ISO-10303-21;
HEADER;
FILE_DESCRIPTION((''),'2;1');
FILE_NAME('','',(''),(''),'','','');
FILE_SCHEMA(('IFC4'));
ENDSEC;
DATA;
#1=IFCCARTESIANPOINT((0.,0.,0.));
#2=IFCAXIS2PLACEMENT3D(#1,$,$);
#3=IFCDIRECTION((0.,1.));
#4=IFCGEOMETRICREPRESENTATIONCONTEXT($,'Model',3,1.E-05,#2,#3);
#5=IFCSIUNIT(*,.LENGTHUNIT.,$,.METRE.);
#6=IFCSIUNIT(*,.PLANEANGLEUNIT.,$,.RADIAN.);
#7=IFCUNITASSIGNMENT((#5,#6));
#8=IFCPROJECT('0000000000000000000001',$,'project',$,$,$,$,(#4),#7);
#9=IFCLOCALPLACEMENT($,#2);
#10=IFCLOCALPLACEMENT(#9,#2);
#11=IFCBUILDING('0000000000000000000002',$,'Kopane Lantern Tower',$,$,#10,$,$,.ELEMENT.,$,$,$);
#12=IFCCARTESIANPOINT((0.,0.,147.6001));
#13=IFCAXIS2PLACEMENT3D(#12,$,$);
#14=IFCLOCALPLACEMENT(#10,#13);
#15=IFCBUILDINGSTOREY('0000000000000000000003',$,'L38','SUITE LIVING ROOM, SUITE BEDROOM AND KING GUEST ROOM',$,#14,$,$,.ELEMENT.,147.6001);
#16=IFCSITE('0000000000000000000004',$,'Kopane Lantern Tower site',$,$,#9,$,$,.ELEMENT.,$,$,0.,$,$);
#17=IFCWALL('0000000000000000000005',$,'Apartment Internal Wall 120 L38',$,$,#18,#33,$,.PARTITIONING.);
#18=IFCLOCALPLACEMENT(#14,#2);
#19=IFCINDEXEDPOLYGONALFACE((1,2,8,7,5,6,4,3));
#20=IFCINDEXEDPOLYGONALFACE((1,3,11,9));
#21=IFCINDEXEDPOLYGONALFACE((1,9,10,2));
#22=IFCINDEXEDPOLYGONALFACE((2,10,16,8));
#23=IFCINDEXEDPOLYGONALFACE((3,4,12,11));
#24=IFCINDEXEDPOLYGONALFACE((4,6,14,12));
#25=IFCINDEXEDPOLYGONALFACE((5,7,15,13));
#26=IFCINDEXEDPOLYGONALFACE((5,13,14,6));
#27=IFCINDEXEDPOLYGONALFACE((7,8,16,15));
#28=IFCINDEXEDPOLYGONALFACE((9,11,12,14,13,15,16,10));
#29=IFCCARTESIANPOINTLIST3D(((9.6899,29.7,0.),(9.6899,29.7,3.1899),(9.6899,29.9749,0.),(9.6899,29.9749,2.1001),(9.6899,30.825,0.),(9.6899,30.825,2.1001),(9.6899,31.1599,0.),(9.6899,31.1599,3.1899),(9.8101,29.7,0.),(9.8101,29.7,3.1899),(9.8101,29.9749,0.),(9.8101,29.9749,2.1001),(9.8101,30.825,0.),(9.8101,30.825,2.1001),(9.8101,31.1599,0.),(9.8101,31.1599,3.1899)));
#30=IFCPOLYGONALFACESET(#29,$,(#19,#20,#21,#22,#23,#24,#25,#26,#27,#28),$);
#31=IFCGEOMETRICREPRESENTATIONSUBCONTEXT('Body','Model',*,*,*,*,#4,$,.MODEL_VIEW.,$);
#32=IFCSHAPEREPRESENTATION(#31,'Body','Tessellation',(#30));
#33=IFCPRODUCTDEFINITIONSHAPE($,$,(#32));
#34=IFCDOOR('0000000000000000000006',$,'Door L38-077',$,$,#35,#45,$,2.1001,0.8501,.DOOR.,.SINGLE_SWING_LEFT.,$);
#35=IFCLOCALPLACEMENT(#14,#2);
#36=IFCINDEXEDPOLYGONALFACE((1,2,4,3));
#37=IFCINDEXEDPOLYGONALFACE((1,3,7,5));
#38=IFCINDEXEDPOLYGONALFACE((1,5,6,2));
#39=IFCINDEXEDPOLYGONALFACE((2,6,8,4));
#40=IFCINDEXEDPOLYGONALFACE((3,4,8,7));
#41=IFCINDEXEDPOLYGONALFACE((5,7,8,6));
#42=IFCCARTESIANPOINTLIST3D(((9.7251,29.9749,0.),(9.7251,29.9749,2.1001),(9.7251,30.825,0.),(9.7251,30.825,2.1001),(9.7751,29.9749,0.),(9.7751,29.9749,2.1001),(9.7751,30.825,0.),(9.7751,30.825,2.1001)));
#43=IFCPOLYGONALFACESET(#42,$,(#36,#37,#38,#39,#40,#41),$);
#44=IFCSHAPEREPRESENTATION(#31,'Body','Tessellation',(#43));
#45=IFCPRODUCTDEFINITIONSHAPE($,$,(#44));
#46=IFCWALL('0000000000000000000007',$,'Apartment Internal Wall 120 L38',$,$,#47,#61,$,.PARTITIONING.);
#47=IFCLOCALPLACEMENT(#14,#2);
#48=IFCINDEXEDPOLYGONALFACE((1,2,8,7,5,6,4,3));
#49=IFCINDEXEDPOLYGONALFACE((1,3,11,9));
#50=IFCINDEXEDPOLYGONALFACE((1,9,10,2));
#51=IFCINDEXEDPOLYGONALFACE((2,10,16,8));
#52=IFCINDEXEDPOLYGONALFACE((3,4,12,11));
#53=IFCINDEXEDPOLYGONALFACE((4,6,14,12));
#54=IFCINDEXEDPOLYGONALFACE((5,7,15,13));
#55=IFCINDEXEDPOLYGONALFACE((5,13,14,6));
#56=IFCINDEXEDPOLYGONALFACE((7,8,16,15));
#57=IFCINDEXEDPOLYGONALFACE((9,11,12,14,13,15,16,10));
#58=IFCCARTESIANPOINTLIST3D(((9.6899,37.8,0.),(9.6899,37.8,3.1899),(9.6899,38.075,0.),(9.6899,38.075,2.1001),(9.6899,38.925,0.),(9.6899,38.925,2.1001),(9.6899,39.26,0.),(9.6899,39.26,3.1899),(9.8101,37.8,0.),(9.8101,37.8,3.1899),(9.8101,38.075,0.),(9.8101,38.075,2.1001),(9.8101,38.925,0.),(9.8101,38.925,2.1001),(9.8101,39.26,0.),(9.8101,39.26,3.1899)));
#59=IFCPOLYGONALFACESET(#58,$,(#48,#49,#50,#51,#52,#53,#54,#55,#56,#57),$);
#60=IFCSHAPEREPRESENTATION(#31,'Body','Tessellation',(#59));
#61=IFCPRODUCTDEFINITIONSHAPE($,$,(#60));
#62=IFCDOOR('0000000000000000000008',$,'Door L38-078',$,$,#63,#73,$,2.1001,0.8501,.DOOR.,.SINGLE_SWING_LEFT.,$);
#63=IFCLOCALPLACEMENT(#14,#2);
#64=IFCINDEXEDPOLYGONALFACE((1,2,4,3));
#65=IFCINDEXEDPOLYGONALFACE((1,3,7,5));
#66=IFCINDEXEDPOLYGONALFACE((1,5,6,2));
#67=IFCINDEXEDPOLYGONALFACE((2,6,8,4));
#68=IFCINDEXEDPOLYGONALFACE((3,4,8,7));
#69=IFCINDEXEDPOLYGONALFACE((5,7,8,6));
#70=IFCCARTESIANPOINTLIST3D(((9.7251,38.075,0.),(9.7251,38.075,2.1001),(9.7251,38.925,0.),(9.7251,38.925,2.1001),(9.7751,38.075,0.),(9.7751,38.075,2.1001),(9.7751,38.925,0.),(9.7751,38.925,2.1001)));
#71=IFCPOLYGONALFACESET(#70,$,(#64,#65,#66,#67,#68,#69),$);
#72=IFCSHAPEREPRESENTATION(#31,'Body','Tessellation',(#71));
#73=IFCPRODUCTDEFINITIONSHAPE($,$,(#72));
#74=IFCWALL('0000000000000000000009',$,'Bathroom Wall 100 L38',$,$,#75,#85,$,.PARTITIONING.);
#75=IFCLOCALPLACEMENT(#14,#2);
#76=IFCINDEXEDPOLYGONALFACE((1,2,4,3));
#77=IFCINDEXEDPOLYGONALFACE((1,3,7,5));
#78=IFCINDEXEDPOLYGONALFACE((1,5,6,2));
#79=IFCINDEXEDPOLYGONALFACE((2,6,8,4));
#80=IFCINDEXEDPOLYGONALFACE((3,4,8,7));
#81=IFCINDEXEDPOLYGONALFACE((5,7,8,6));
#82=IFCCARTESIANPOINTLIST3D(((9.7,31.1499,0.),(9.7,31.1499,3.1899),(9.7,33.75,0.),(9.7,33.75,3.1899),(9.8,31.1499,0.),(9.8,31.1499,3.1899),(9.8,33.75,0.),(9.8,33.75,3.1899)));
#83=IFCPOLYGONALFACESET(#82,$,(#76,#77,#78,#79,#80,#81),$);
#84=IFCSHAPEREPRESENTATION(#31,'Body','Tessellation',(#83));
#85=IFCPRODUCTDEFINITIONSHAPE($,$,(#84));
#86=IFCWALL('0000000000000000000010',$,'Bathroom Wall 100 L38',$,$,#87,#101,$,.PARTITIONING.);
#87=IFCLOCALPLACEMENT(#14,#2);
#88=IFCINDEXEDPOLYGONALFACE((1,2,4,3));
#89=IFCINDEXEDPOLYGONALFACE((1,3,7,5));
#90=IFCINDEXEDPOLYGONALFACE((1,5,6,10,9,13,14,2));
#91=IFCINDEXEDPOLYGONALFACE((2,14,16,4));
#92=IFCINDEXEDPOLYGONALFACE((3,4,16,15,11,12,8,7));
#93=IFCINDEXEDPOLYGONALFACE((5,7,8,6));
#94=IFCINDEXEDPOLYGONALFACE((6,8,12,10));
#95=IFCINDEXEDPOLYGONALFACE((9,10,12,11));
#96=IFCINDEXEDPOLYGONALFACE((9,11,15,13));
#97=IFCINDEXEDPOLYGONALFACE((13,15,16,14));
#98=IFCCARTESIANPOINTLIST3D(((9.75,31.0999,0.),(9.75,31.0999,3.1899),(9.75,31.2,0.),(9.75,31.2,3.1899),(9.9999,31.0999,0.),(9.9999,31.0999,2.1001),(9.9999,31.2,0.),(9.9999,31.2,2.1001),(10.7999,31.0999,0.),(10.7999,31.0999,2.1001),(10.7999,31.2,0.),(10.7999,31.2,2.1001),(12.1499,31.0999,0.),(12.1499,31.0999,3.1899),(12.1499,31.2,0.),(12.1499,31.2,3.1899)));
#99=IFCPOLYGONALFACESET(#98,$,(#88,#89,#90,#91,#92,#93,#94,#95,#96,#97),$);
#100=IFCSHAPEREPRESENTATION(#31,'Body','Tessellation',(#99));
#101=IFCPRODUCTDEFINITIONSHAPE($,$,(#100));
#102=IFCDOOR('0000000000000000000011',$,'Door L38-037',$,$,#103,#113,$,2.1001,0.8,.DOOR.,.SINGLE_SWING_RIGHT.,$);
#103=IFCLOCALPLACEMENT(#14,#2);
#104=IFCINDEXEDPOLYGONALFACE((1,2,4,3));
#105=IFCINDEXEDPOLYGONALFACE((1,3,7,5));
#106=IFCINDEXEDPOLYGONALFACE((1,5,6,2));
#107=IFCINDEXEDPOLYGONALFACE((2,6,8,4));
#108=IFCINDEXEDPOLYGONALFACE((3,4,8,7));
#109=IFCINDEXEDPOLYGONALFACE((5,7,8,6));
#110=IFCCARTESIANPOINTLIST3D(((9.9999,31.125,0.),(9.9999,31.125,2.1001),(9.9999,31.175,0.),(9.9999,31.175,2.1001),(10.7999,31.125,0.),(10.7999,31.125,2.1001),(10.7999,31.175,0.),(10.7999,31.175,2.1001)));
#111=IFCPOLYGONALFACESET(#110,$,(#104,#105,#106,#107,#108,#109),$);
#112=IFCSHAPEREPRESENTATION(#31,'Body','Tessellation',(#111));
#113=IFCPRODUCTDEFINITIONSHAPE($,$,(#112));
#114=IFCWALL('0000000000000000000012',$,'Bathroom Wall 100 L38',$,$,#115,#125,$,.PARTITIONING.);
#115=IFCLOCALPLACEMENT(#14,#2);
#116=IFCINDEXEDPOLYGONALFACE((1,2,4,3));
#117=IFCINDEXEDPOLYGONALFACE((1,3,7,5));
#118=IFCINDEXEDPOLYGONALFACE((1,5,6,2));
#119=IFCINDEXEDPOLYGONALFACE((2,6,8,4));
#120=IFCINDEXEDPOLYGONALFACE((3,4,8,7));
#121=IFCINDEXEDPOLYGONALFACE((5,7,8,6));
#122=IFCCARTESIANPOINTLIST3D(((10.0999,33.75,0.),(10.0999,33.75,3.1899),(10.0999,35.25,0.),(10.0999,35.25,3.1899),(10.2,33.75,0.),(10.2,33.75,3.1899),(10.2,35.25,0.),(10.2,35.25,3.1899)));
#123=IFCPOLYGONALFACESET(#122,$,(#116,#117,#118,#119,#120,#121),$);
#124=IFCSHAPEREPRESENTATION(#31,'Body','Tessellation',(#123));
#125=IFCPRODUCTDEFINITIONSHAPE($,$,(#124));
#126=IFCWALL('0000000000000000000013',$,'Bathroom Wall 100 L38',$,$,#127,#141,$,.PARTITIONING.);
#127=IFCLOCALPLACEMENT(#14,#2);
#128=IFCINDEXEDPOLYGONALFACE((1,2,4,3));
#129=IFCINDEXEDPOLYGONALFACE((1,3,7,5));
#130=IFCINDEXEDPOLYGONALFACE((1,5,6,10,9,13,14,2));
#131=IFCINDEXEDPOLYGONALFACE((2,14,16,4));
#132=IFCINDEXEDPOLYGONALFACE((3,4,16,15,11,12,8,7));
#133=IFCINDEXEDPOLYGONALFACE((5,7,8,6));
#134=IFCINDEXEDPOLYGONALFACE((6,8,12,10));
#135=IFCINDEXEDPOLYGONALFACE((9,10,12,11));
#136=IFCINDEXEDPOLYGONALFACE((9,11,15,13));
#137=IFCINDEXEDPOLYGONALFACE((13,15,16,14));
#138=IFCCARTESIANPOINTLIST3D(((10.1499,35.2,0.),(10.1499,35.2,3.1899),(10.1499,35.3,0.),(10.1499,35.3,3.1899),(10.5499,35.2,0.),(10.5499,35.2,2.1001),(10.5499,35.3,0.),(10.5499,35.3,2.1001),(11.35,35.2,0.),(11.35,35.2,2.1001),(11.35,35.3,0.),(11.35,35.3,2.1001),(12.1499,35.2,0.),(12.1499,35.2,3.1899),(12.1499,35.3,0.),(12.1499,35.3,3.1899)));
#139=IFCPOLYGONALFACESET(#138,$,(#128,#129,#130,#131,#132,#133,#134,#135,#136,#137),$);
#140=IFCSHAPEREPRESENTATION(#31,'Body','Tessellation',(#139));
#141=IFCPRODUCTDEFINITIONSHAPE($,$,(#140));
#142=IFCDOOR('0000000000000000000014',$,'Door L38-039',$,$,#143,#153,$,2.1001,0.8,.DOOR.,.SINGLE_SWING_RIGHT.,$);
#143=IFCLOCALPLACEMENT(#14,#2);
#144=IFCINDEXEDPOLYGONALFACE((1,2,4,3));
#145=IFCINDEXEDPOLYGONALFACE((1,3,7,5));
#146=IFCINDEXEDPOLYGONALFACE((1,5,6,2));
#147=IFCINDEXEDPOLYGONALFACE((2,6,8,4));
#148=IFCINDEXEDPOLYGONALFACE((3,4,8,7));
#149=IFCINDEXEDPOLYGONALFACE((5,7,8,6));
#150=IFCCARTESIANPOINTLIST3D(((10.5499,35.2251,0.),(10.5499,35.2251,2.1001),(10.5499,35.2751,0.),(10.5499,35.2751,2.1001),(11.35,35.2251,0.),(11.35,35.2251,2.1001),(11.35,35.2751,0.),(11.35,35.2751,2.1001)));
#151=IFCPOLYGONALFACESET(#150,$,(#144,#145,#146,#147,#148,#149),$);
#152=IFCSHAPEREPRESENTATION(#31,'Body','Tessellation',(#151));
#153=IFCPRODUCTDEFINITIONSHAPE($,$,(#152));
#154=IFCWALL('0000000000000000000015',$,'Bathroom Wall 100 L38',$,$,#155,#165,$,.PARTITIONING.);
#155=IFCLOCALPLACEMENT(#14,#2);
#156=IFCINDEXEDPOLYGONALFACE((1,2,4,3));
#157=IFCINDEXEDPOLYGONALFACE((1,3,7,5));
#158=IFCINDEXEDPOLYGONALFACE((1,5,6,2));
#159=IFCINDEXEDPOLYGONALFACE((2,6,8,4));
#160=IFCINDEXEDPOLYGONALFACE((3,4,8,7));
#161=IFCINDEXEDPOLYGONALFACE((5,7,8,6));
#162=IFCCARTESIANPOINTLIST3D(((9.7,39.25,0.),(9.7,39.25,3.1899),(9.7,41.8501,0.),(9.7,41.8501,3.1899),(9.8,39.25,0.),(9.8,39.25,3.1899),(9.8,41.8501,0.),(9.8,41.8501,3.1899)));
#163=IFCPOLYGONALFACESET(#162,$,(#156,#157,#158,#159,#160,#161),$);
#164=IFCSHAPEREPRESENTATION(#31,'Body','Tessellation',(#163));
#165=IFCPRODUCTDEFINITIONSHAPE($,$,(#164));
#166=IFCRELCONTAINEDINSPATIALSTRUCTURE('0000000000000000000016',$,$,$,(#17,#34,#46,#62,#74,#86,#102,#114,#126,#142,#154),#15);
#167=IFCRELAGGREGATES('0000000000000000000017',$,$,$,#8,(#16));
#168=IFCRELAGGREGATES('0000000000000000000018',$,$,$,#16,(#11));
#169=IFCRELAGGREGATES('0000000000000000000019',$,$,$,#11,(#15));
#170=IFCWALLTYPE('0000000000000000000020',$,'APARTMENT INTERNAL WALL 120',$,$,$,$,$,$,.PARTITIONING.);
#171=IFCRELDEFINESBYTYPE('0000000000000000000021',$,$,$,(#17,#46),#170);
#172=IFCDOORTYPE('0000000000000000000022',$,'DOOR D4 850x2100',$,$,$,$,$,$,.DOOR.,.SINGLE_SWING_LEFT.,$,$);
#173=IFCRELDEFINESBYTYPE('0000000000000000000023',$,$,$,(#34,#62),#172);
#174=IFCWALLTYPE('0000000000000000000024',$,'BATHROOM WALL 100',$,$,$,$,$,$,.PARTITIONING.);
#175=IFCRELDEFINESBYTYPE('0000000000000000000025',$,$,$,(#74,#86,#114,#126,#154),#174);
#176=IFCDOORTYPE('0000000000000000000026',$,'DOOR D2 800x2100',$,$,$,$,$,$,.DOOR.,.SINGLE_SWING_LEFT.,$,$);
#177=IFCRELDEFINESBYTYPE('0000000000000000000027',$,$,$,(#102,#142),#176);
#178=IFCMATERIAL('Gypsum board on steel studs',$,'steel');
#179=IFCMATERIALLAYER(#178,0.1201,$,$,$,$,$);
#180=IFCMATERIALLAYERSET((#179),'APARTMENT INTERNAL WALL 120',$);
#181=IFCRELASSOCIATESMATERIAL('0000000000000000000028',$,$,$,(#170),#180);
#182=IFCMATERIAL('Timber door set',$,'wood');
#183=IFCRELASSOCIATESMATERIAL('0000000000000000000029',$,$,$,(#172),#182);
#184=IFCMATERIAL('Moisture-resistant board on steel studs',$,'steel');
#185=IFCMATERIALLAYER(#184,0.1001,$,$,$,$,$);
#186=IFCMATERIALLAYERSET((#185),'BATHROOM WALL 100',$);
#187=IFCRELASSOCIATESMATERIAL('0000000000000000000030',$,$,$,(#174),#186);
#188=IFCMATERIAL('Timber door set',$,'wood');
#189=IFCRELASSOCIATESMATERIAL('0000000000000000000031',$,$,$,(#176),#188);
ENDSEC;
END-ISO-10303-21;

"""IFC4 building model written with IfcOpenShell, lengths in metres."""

from ifc_helpers import new_model, si_unit, direction, frame, frame_2d, origin, place, context, subcontext, project, spatial, rectangle, extrude, material, layer, layer_set, type_object, element, fill, save


model = new_model("IFC4")

# Units and contexts
model_context = context("Model", 3, precision=1e-05, world=origin(), true_north=direction((0.0, 1.0)))
body_context = subcontext(model_context, "Body", "Model", "MODEL_VIEW")
ifc_project = project(units=[si_unit("LENGTHUNIT", "METRE"), si_unit("PLANEANGLEUNIT", "RADIAN")], contexts=[model_context])

# Site, building, storey
site_placement = place(None, origin())
site = spatial("IfcSite", under=ifc_project, at=site_placement, Name="Kopane Lantern Tower site", CompositionType="ELEMENT", RefElevation=0.0)
building_placement = place(site_placement, origin())
building = spatial("IfcBuilding", under=site, at=building_placement, Name="Kopane Lantern Tower", CompositionType="ELEMENT")
storey_placement = place(building_placement, frame((0.0, 0.0, 147.6001)))
storey = spatial("IfcBuildingStorey", under=building, at=storey_placement, Name="L38", Description="SUITE LIVING ROOM, SUITE BEDROOM AND KING GUEST ROOM", CompositionType="ELEMENT", Elevation=147.6001)

# Walls, openings, doors
ifc_material_1 = material(Name="Gypsum board on steel studs", Category="steel")
ifc_layer_1 = layer(ifc_material_1, 0.1201)
ifc_layer_set_1 = layer_set([ifc_layer_1], Name="APARTMENT INTERNAL WALL 120")
wall_type_1 = type_object("IfcWallType", Name="APARTMENT INTERNAL WALL 120", PredefinedType="PARTITIONING", material=ifc_layer_set_1)
ifc_material_2 = material(Name="Timber door set", Category="wood")
door_type_1 = type_object("IfcDoorType", Name="DOOR D4 850x2100", OperationType="SINGLE_SWING_LEFT", PredefinedType="DOOR", material=ifc_material_2)
wall_1_placement = place(storey_placement, frame((9.75, 29.7, 0.0), z_axis=(0.0, 0.0, 1.0), x_axis=(0.0, 1.0, 0.0)))
wall_1 = element("IfcWall", 1, at=wall_1_placement, inside=storey, type_object=wall_type_1, Name="Apartment Internal Wall 120 L38", PredefinedType="PARTITIONING", context=body_context, shape_type="SweptSolid", body=[
    extrude(rectangle(XDim=1.46, YDim=0.1201, at=frame_2d((0.73, 0.0))), origin(), (0.0, 0.0, 1.0), 3.1899),
])
opening_1_placement = place(wall_1_placement, frame((0.2749, 0.0, 0.0)))
opening_1 = element("IfcOpeningElement", 2, at=opening_1_placement, cuts=wall_1, PredefinedType="OPENING", context=body_context, shape_type="SweptSolid", body=[
    extrude(rectangle(XDim=0.8501, YDim=2.1001, at=frame_2d((0.425, 1.05))), frame((0.0, 0.0701, 0.0), z_axis=(0.0, -1.0, 0.0), x_axis=(1.0, 0.0, 0.0)), (0.0, 0.0, 1.0), 0.1401),
])
door_1_placement = place(opening_1_placement, origin())
door_1 = element("IfcDoor", 3, at=door_1_placement, inside=storey, type_object=door_type_1, Name="Door L38-077", OperationType="SINGLE_SWING_LEFT", OverallHeight=2.1001, OverallWidth=0.8501, PredefinedType="DOOR", context=body_context, shape_type="SweptSolid", body=[
    extrude(rectangle(XDim=0.8501, YDim=2.1001, at=frame_2d((0.425, 1.05))), frame((0.0, 0.0249, 0.0), z_axis=(0.0, -1.0, 0.0), x_axis=(1.0, 0.0, 0.0)), (0.0, 0.0, 1.0), 0.05),
])
fill(opening_1, door_1)
wall_2_placement = place(storey_placement, frame((9.75, 37.8, 0.0), z_axis=(0.0, 0.0, 1.0), x_axis=(0.0, 1.0, 0.0)))
wall_2 = element("IfcWall", 4, at=wall_2_placement, inside=storey, type_object=wall_type_1, Name="Apartment Internal Wall 120 L38", PredefinedType="PARTITIONING", context=body_context, shape_type="SweptSolid", body=[
    extrude(rectangle(XDim=1.46, YDim=0.1201, at=frame_2d((0.73, 0.0))), origin(), (0.0, 0.0, 1.0), 3.1899),
])
opening_2_placement = place(wall_2_placement, frame((0.2749, 0.0, 0.0)))
opening_2 = element("IfcOpeningElement", 5, at=opening_2_placement, cuts=wall_2, PredefinedType="OPENING", context=body_context, shape_type="SweptSolid", body=[
    extrude(rectangle(XDim=0.8501, YDim=2.1001, at=frame_2d((0.425, 1.05))), frame((0.0, 0.0701, 0.0), z_axis=(0.0, -1.0, 0.0), x_axis=(1.0, 0.0, 0.0)), (0.0, 0.0, 1.0), 0.1401),
])
door_2_placement = place(opening_2_placement, origin())
door_2 = element("IfcDoor", 6, at=door_2_placement, inside=storey, type_object=door_type_1, Name="Door L38-078", OperationType="SINGLE_SWING_LEFT", OverallHeight=2.1001, OverallWidth=0.8501, PredefinedType="DOOR", context=body_context, shape_type="SweptSolid", body=[
    extrude(rectangle(XDim=0.8501, YDim=2.1001, at=frame_2d((0.425, 1.05))), frame((0.0, 0.0249, 0.0), z_axis=(0.0, -1.0, 0.0), x_axis=(1.0, 0.0, 0.0)), (0.0, 0.0, 1.0), 0.05),
])
fill(opening_2, door_2)

# Wall
ifc_material_3 = material(Name="Moisture-resistant board on steel studs", Category="steel")
ifc_layer_2 = layer(ifc_material_3, 0.1001)
ifc_layer_set_2 = layer_set([ifc_layer_2], Name="BATHROOM WALL 100")
wall_type_2 = type_object("IfcWallType", Name="BATHROOM WALL 100", PredefinedType="PARTITIONING", material=ifc_layer_set_2)
wall_3_placement = place(storey_placement, frame((9.75, 31.1499, 0.0), z_axis=(0.0, 0.0, 1.0), x_axis=(0.0, 1.0, 0.0)))
element("IfcWall", 7, at=wall_3_placement, inside=storey, type_object=wall_type_2, Name="Bathroom Wall 100 L38", PredefinedType="PARTITIONING", context=body_context, shape_type="SweptSolid", body=[
    extrude(rectangle(XDim=2.6001, YDim=0.1001, at=frame_2d((1.3, 0.0))), origin(), (0.0, 0.0, 1.0), 3.1899),
])

# Wall, opening, door
wall_4_placement = place(storey_placement, frame((12.1499, 31.1499, 0.0), z_axis=(0.0, 0.0, 1.0), x_axis=(-1.0, 0.0, 0.0)))
wall_4 = element("IfcWall", 8, at=wall_4_placement, inside=storey, type_object=wall_type_2, Name="Bathroom Wall 100 L38", PredefinedType="PARTITIONING", context=body_context, shape_type="SweptSolid", body=[
    extrude(rectangle(XDim=2.3999, YDim=0.1001, at=frame_2d((1.2, 0.0))), origin(), (0.0, 0.0, 1.0), 3.1899),
])
opening_3_placement = place(wall_4_placement, frame((1.3501, 0.0, 0.0)))
opening_3 = element("IfcOpeningElement", 9, at=opening_3_placement, cuts=wall_4, PredefinedType="OPENING", context=body_context, shape_type="SweptSolid", body=[
    extrude(rectangle(XDim=0.8, YDim=2.1001, at=frame_2d((0.3999, 1.05))), frame((0.0, 0.0601, 0.0), z_axis=(0.0, -1.0, 0.0), x_axis=(1.0, 0.0, 0.0)), (0.0, 0.0, 1.0), 0.1201),
])
ifc_material_4 = material(Name="Timber door set", Category="wood")
door_type_2 = type_object("IfcDoorType", Name="DOOR D2 800x2100", OperationType="SINGLE_SWING_LEFT", PredefinedType="DOOR", material=ifc_material_4)
door_3_placement = place(opening_3_placement, origin())
door_3 = element("IfcDoor", 10, at=door_3_placement, inside=storey, type_object=door_type_2, Name="Door L38-037", OperationType="SINGLE_SWING_RIGHT", OverallHeight=2.1001, OverallWidth=0.8, PredefinedType="DOOR", context=body_context, shape_type="SweptSolid", body=[
    extrude(rectangle(XDim=0.8, YDim=2.1001, at=frame_2d((0.3999, 1.05))), frame((0.0, 0.0249, 0.0), z_axis=(0.0, -1.0, 0.0), x_axis=(1.0, 0.0, 0.0)), (0.0, 0.0, 1.0), 0.05),
])
fill(opening_3, door_3)

# Wall
wall_5_placement = place(storey_placement, frame((10.1499, 33.75, 0.0), z_axis=(0.0, 0.0, 1.0), x_axis=(0.0, 1.0, 0.0)))
element("IfcWall", 11, at=wall_5_placement, inside=storey, type_object=wall_type_2, Name="Bathroom Wall 100 L38", PredefinedType="PARTITIONING", context=body_context, shape_type="SweptSolid", body=[
    extrude(rectangle(XDim=1.5, YDim=0.1001, at=frame_2d((0.75, 0.0))), origin(), (0.0, 0.0, 1.0), 3.1899),
])

# Wall, opening, door
wall_6_placement = place(storey_placement, frame((12.1499, 35.25, 0.0), z_axis=(0.0, 0.0, 1.0), x_axis=(-1.0, 0.0, 0.0)))
wall_6 = element("IfcWall", 12, at=wall_6_placement, inside=storey, type_object=wall_type_2, Name="Bathroom Wall 100 L38", PredefinedType="PARTITIONING", context=body_context, shape_type="SweptSolid", body=[
    extrude(rectangle(XDim=2.0, YDim=0.1001, at=frame_2d((1.0, 0.0))), origin(), (0.0, 0.0, 1.0), 3.1899),
])
opening_4_placement = place(wall_6_placement, frame((0.8, 0.0, 0.0)))
opening_4 = element("IfcOpeningElement", 13, at=opening_4_placement, cuts=wall_6, PredefinedType="OPENING", context=body_context, shape_type="SweptSolid", body=[
    extrude(rectangle(XDim=0.8, YDim=2.1001, at=frame_2d((0.3999, 1.05))), frame((0.0, 0.0601, 0.0), z_axis=(0.0, -1.0, 0.0), x_axis=(1.0, 0.0, 0.0)), (0.0, 0.0, 1.0), 0.1201),
])
door_4_placement = place(opening_4_placement, origin())
door_4 = element("IfcDoor", 14, at=door_4_placement, inside=storey, type_object=door_type_2, Name="Door L38-039", OperationType="SINGLE_SWING_RIGHT", OverallHeight=2.1001, OverallWidth=0.8, PredefinedType="DOOR", context=body_context, shape_type="SweptSolid", body=[
    extrude(rectangle(XDim=0.8, YDim=2.1001, at=frame_2d((0.3999, 1.05))), frame((0.0, 0.0249, 0.0), z_axis=(0.0, -1.0, 0.0), x_axis=(1.0, 0.0, 0.0)), (0.0, 0.0, 1.0), 0.05),
])
fill(opening_4, door_4)

# Wall
wall_7_placement = place(storey_placement, frame((9.75, 39.25, 0.0), z_axis=(0.0, 0.0, 1.0), x_axis=(0.0, 1.0, 0.0)))
element("IfcWall", 15, at=wall_7_placement, inside=storey, type_object=wall_type_2, Name="Bathroom Wall 100 L38", PredefinedType="PARTITIONING", context=body_context, shape_type="SweptSolid", body=[
    extrude(rectangle(XDim=2.6001, YDim=0.1001, at=frame_2d((1.3, 0.0))), origin(), (0.0, 0.0, 1.0), 3.1899),
])

save(model, "model.ifc")
